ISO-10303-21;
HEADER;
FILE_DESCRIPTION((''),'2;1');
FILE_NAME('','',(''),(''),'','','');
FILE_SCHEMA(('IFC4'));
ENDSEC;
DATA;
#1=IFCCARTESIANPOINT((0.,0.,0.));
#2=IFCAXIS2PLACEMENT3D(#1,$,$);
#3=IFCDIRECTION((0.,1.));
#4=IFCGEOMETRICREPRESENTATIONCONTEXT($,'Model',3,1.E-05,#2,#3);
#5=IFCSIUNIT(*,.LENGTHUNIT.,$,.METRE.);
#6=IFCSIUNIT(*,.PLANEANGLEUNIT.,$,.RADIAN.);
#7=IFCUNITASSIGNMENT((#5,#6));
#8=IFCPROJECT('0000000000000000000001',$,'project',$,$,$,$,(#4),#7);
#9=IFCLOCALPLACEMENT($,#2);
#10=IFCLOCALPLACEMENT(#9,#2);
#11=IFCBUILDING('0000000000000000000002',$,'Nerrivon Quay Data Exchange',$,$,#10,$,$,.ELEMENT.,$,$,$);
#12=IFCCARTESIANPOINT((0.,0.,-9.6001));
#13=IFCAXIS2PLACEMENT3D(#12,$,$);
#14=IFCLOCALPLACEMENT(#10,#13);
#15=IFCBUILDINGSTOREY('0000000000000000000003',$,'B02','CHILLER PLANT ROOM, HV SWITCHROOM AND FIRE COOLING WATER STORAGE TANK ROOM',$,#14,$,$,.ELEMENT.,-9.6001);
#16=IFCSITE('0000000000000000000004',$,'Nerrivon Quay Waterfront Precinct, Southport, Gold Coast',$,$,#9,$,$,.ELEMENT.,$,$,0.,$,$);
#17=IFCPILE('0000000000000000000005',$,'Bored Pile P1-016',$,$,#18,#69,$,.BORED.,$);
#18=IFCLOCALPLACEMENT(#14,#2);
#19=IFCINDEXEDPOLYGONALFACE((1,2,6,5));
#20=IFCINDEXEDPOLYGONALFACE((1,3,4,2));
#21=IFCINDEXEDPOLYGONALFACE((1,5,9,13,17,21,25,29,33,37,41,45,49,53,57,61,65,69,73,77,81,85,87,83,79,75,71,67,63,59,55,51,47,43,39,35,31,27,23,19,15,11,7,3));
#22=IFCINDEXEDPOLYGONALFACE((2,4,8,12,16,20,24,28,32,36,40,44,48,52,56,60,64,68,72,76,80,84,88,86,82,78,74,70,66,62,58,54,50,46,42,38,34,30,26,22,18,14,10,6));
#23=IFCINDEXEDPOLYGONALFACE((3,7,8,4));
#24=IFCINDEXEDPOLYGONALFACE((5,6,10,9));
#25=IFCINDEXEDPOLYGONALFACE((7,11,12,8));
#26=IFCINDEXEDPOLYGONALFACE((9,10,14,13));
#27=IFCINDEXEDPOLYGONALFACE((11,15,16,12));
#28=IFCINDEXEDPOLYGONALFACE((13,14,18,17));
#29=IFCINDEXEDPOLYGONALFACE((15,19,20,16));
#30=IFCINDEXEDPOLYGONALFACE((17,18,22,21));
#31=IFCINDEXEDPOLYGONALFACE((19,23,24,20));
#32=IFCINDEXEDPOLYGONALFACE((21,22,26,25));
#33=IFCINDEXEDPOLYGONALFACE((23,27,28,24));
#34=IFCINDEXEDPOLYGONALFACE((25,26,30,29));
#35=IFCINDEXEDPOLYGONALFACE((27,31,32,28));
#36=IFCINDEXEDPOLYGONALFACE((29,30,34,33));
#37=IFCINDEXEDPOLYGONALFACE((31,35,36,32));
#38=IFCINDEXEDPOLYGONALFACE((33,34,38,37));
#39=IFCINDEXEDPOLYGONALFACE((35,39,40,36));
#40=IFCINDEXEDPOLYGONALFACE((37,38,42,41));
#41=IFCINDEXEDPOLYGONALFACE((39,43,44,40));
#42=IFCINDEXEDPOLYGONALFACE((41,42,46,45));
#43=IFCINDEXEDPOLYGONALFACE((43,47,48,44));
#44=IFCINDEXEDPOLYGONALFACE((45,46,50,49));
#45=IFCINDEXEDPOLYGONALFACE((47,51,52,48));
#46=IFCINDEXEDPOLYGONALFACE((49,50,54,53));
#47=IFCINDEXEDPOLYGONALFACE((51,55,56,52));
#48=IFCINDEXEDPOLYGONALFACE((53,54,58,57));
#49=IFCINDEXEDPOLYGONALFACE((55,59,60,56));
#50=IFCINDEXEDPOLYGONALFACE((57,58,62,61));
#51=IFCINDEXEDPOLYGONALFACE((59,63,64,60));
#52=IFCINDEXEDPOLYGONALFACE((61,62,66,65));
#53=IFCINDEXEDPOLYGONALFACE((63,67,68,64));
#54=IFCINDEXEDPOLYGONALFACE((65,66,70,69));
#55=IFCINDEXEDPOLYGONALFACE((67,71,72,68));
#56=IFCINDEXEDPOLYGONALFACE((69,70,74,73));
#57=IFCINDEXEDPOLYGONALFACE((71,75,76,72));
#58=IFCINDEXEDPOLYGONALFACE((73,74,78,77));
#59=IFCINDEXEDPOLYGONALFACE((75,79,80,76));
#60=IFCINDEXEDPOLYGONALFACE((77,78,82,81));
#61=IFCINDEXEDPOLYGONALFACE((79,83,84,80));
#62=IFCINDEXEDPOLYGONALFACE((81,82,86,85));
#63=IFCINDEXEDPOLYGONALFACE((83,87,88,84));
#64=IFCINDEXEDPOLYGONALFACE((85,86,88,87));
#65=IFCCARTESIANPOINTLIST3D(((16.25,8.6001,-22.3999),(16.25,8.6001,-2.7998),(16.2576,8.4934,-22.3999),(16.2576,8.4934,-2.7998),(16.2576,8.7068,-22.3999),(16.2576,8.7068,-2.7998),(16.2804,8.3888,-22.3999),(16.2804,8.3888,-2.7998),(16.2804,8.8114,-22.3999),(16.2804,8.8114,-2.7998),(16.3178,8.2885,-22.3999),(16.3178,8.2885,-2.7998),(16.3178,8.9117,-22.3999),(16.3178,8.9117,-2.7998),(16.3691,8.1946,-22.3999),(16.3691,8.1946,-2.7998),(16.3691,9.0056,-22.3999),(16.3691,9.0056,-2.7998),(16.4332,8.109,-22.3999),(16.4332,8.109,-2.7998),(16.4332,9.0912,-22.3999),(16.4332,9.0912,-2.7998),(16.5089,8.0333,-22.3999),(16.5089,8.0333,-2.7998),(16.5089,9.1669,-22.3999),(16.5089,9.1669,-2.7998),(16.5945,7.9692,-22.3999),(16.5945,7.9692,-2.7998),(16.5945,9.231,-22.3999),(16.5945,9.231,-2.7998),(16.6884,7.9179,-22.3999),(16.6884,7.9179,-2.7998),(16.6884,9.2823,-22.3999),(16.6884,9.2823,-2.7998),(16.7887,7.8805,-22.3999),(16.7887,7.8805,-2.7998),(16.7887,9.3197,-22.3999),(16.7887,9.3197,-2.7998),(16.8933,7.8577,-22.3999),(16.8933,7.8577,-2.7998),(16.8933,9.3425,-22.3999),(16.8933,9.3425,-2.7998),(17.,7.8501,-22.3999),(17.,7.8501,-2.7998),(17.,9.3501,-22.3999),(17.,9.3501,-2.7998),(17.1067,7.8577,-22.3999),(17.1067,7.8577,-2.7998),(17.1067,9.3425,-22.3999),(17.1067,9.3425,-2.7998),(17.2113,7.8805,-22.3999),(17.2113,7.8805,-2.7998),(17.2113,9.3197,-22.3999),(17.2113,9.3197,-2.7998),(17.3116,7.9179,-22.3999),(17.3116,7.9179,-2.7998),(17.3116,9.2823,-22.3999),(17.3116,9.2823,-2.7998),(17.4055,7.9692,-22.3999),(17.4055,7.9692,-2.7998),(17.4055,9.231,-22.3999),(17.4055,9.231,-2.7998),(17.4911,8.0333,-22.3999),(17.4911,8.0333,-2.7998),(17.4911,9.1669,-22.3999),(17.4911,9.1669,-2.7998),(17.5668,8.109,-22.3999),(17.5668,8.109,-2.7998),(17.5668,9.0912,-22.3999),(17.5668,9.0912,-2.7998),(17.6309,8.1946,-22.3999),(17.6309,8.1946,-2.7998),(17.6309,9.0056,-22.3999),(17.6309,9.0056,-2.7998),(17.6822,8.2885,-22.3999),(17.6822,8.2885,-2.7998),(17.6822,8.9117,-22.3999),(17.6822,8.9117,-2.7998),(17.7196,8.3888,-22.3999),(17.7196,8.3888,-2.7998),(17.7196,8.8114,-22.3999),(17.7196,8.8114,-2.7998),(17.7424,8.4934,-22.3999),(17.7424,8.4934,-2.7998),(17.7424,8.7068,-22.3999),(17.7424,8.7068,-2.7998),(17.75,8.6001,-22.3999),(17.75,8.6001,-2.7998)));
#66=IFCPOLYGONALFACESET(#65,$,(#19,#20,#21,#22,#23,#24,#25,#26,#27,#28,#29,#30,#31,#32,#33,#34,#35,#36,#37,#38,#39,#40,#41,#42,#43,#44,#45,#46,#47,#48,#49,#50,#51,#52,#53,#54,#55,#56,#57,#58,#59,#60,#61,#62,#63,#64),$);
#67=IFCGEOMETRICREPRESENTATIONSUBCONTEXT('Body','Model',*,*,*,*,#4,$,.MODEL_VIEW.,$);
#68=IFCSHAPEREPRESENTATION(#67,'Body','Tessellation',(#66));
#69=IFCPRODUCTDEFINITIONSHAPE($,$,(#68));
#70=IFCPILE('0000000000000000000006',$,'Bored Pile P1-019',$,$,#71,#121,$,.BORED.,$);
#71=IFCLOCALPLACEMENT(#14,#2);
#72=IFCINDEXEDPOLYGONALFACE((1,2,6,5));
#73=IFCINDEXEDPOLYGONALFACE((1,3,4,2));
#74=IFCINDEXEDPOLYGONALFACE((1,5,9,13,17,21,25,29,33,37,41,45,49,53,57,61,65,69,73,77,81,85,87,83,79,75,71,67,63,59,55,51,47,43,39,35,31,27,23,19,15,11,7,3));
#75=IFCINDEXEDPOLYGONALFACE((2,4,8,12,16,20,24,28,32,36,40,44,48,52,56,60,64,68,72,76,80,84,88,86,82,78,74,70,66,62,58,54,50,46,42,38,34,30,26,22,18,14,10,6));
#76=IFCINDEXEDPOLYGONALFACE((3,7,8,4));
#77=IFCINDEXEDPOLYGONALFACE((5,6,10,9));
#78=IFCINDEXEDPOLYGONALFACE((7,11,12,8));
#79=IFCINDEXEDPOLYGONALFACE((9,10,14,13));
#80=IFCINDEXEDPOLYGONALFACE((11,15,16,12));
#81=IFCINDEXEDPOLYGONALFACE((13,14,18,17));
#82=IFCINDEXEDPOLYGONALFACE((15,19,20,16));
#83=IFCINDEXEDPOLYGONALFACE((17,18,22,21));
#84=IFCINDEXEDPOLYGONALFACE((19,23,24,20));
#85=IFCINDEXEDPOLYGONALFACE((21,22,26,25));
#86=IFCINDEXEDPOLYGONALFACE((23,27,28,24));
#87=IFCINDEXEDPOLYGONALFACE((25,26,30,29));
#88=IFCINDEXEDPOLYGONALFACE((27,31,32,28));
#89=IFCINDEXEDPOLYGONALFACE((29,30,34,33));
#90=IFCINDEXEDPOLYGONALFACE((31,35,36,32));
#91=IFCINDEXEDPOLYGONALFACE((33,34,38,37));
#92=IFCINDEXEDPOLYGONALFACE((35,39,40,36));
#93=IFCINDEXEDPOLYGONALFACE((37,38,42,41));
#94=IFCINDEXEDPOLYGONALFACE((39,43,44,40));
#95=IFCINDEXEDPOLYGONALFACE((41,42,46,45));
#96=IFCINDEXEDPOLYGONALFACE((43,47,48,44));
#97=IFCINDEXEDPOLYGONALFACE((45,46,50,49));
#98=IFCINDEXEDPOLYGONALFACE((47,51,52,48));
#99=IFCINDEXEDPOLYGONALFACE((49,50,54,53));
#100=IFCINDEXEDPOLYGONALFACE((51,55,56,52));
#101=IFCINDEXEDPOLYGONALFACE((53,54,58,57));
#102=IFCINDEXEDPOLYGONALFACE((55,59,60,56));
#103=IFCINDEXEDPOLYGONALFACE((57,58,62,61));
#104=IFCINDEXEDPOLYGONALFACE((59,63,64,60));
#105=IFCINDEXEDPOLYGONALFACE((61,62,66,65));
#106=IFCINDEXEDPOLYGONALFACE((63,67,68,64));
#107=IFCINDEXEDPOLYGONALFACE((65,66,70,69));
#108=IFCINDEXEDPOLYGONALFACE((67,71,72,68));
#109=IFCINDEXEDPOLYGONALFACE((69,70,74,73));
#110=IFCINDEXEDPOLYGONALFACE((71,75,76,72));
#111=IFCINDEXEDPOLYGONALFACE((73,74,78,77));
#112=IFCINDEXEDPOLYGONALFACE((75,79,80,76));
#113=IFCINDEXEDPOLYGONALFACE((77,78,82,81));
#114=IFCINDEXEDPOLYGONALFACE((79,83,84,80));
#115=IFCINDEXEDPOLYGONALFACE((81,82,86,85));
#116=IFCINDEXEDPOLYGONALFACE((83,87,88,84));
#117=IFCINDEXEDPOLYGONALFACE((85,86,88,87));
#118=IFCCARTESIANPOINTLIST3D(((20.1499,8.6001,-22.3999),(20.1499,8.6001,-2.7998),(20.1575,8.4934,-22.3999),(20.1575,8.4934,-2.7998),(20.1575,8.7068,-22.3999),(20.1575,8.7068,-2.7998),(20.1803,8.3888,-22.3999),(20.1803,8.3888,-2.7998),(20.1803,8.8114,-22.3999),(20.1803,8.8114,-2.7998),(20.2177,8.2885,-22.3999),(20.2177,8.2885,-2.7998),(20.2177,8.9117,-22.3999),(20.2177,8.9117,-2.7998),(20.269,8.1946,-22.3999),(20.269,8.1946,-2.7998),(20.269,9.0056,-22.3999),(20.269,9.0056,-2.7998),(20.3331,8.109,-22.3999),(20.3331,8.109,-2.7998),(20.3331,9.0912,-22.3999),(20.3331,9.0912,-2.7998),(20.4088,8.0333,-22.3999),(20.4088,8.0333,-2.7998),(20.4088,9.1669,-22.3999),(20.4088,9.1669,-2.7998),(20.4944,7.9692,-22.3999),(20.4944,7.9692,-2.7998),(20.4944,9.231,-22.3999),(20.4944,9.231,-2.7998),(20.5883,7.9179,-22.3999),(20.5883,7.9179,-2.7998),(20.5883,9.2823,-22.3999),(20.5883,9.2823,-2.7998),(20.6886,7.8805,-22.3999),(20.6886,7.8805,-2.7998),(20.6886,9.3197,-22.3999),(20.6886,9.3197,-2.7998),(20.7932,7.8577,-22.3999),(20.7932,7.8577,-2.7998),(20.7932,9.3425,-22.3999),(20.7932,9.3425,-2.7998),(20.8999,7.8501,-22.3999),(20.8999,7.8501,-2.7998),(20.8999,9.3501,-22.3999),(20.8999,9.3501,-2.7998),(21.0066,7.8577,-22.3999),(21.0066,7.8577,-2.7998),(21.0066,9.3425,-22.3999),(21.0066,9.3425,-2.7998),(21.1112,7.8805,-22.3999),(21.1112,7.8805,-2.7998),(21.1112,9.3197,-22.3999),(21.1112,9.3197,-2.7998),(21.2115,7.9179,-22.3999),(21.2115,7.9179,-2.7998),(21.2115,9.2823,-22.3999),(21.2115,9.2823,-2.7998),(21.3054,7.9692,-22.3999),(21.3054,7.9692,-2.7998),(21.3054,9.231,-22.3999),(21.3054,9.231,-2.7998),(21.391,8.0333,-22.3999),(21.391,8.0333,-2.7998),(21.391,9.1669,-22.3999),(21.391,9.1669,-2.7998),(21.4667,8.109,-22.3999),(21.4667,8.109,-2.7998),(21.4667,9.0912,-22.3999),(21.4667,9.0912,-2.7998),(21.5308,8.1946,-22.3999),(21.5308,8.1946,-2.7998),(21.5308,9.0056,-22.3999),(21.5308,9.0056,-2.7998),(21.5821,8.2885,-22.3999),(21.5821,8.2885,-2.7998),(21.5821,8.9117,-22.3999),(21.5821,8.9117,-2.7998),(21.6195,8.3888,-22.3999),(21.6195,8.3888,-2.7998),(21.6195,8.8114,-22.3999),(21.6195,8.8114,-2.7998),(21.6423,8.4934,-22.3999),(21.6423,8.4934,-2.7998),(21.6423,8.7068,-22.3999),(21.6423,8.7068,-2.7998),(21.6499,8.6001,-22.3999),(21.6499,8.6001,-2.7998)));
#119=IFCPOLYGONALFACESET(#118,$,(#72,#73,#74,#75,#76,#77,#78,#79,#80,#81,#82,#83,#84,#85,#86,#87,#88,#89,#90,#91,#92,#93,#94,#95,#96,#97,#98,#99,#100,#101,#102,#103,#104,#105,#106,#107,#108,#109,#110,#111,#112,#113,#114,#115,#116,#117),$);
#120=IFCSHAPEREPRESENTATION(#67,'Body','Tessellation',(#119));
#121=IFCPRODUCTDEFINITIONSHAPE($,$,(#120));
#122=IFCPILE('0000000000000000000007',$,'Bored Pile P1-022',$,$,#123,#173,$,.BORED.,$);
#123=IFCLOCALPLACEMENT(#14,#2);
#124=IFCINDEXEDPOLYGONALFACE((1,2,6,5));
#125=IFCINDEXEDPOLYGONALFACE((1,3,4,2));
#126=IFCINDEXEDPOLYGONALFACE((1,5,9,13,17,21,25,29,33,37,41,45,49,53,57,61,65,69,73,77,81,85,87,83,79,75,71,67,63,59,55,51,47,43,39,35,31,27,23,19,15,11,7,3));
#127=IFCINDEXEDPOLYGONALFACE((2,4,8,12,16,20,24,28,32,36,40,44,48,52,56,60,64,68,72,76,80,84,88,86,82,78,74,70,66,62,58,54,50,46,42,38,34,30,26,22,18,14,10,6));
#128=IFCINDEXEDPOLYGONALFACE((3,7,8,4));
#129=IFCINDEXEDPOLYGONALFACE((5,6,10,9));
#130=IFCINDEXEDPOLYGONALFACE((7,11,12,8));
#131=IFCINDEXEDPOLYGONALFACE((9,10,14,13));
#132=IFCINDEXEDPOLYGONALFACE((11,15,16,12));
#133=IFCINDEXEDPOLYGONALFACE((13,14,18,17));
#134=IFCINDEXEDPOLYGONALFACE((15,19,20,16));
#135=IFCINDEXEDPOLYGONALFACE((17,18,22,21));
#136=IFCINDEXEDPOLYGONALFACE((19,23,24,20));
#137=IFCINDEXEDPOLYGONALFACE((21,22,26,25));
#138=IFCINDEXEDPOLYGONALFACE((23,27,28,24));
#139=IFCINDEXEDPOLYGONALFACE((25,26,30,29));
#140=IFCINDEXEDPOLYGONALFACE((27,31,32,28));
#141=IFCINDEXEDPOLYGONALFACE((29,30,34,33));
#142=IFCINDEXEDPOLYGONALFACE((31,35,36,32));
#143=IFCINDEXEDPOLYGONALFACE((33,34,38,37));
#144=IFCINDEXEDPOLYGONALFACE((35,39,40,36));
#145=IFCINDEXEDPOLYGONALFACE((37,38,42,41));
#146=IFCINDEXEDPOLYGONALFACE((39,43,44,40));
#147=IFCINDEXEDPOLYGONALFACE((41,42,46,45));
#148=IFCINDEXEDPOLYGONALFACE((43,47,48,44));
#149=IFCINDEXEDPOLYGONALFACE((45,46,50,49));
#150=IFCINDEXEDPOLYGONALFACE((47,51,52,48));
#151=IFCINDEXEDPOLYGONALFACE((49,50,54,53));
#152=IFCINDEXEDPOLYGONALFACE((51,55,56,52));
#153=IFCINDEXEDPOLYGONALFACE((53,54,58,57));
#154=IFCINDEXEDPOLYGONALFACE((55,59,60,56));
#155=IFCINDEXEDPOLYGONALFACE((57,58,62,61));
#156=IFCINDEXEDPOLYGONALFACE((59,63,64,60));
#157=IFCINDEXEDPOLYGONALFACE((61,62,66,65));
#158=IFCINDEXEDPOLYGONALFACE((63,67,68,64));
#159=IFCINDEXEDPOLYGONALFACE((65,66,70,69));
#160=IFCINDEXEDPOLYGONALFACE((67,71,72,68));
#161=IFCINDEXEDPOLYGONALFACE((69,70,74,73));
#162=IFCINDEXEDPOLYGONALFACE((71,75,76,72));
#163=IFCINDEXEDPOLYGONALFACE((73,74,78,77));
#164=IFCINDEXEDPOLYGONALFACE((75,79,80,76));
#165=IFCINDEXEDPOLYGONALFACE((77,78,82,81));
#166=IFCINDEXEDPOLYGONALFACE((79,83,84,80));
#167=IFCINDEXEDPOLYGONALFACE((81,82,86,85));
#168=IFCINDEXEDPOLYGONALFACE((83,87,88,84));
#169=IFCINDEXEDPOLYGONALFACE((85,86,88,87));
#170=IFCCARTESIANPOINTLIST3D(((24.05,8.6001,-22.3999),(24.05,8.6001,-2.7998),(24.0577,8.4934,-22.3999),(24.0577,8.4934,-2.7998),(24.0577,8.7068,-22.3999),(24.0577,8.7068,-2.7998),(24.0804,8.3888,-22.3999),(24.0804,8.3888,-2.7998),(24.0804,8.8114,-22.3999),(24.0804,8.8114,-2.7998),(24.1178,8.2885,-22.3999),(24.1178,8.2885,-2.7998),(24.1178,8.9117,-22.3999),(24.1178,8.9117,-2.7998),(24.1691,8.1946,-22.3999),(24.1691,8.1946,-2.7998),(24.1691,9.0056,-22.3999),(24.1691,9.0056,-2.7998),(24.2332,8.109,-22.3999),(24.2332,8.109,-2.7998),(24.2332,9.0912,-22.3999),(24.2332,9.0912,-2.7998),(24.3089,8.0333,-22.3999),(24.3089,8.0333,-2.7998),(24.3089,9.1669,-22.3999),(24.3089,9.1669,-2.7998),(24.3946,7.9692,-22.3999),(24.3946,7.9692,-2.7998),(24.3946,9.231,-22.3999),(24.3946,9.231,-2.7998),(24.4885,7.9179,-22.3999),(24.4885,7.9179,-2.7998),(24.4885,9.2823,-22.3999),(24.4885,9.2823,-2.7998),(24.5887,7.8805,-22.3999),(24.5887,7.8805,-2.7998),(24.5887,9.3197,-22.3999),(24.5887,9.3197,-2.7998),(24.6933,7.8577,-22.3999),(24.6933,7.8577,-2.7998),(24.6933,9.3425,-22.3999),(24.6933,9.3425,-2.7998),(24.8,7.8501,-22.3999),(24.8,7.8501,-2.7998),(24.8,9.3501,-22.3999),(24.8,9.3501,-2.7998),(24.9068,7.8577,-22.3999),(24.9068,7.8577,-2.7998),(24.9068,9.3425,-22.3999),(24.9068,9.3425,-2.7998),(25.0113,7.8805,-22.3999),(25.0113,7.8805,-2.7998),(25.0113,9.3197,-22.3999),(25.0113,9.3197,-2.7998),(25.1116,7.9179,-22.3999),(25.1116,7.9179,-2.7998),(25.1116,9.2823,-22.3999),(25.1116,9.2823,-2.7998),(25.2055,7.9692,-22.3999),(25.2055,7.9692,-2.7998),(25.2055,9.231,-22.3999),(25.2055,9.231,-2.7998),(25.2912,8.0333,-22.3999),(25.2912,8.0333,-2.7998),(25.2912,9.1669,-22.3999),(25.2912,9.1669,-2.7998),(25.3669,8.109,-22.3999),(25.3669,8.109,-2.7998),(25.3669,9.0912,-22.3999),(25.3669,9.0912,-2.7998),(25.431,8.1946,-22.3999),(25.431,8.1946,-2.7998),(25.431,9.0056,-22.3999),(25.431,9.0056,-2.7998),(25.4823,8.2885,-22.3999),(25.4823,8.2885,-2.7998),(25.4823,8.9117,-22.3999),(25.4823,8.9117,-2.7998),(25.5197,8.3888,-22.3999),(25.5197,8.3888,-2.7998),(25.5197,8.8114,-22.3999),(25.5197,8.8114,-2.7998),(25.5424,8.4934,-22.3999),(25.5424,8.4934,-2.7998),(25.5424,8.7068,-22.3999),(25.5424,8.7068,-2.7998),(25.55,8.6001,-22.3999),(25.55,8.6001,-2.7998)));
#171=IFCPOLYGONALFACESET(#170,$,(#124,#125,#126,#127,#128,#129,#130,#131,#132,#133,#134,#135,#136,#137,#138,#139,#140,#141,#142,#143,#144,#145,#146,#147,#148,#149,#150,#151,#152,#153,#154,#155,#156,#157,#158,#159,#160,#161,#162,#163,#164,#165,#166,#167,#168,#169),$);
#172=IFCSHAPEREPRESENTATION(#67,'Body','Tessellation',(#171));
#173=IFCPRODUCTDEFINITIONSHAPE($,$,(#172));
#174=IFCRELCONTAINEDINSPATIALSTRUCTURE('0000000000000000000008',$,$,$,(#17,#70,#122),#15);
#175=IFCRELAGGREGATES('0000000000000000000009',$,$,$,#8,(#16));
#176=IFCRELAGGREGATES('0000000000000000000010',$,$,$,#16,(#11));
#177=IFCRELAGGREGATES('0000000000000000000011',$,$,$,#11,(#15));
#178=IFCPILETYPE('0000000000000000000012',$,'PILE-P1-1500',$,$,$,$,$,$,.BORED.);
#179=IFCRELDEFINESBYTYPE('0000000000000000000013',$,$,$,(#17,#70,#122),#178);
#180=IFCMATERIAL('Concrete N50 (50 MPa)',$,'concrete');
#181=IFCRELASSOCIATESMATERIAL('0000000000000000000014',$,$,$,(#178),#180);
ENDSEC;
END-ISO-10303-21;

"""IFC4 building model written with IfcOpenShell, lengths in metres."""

from ifc_helpers import new_model, si_unit, direction, frame, origin, origin_2d, place, context, subcontext, project, spatial, circle, extrude, material, material_profile, profile_set, type_object, element, save


model = new_model("IFC4")

# Units and contexts
model_context = context("Model", 3, precision=1e-05, world=origin(), true_north=direction((0.0, 1.0)))
body_context = subcontext(model_context, "Body", "Model", "MODEL_VIEW")
ifc_project = project(units=[si_unit("LENGTHUNIT", "METRE"), si_unit("PLANEANGLEUNIT", "RADIAN")], contexts=[model_context])

# Site, building, storey
site_placement = place(None, origin())
site = spatial("IfcSite", under=ifc_project, at=site_placement, Name="Nerrivon Quay Waterfront Precinct, Southport, Gold Coast", CompositionType="ELEMENT", RefElevation=0.0)
building_placement = place(site_placement, origin())
building = spatial("IfcBuilding", under=site, at=building_placement, Name="Nerrivon Quay Data Exchange", CompositionType="ELEMENT")
storey_placement = place(building_placement, frame((0.0, 0.0, -9.6001)))
storey = spatial("IfcBuildingStorey", under=building, at=storey_placement, Name="B02", Description="CHILLER PLANT ROOM, HV SWITCHROOM AND FIRE COOLING WATER STORAGE TANK ROOM", CompositionType="ELEMENT", Elevation=-9.6001)

# Piles
ifc_material_1 = material(Name="Concrete N50 (50 MPa)", Category="concrete")
ifc_material_profile_1 = material_profile(ifc_material_1, circle(Radius=0.75, at=origin_2d()), Name="PILE-1500")
ifc_profile_set_1 = profile_set([ifc_material_profile_1], Name="Concrete N50 (50 MPa)")
pile_type_1 = type_object("IfcPileType", Name="PILE-P1-1500", PredefinedType="BORED", material=ifc_profile_set_1)
for number, where, z_axis, x_axis, name in (
    (1, (17.0, 8.6001, -2.7998), (0.0, 0.0, -1.0), (1.0, 0.0, 0.0), "Bored Pile P1-016"),
    (2, (20.8999, 8.6001, -2.7998), (0.0, 0.0, -1.0), (1.0, 0.0, 0.0), "Bored Pile P1-019"),
    (3, (24.8, 8.6001, -2.7998), (0.0, 0.0, -1.0), (1.0, 0.0, 0.0), "Bored Pile P1-022"),
):
    element("IfcPile", number, at=place(storey_placement, frame(where, z_axis=z_axis, x_axis=x_axis)), inside=storey, type_object=pile_type_1, Name=name, PredefinedType="BORED", context=body_context, shape_type="SweptSolid", body=[
        extrude(circle(Radius=0.75, at=origin_2d()), origin(), (0.0, 0.0, 1.0), 19.6001),
    ])

save(model, "model.ifc")
